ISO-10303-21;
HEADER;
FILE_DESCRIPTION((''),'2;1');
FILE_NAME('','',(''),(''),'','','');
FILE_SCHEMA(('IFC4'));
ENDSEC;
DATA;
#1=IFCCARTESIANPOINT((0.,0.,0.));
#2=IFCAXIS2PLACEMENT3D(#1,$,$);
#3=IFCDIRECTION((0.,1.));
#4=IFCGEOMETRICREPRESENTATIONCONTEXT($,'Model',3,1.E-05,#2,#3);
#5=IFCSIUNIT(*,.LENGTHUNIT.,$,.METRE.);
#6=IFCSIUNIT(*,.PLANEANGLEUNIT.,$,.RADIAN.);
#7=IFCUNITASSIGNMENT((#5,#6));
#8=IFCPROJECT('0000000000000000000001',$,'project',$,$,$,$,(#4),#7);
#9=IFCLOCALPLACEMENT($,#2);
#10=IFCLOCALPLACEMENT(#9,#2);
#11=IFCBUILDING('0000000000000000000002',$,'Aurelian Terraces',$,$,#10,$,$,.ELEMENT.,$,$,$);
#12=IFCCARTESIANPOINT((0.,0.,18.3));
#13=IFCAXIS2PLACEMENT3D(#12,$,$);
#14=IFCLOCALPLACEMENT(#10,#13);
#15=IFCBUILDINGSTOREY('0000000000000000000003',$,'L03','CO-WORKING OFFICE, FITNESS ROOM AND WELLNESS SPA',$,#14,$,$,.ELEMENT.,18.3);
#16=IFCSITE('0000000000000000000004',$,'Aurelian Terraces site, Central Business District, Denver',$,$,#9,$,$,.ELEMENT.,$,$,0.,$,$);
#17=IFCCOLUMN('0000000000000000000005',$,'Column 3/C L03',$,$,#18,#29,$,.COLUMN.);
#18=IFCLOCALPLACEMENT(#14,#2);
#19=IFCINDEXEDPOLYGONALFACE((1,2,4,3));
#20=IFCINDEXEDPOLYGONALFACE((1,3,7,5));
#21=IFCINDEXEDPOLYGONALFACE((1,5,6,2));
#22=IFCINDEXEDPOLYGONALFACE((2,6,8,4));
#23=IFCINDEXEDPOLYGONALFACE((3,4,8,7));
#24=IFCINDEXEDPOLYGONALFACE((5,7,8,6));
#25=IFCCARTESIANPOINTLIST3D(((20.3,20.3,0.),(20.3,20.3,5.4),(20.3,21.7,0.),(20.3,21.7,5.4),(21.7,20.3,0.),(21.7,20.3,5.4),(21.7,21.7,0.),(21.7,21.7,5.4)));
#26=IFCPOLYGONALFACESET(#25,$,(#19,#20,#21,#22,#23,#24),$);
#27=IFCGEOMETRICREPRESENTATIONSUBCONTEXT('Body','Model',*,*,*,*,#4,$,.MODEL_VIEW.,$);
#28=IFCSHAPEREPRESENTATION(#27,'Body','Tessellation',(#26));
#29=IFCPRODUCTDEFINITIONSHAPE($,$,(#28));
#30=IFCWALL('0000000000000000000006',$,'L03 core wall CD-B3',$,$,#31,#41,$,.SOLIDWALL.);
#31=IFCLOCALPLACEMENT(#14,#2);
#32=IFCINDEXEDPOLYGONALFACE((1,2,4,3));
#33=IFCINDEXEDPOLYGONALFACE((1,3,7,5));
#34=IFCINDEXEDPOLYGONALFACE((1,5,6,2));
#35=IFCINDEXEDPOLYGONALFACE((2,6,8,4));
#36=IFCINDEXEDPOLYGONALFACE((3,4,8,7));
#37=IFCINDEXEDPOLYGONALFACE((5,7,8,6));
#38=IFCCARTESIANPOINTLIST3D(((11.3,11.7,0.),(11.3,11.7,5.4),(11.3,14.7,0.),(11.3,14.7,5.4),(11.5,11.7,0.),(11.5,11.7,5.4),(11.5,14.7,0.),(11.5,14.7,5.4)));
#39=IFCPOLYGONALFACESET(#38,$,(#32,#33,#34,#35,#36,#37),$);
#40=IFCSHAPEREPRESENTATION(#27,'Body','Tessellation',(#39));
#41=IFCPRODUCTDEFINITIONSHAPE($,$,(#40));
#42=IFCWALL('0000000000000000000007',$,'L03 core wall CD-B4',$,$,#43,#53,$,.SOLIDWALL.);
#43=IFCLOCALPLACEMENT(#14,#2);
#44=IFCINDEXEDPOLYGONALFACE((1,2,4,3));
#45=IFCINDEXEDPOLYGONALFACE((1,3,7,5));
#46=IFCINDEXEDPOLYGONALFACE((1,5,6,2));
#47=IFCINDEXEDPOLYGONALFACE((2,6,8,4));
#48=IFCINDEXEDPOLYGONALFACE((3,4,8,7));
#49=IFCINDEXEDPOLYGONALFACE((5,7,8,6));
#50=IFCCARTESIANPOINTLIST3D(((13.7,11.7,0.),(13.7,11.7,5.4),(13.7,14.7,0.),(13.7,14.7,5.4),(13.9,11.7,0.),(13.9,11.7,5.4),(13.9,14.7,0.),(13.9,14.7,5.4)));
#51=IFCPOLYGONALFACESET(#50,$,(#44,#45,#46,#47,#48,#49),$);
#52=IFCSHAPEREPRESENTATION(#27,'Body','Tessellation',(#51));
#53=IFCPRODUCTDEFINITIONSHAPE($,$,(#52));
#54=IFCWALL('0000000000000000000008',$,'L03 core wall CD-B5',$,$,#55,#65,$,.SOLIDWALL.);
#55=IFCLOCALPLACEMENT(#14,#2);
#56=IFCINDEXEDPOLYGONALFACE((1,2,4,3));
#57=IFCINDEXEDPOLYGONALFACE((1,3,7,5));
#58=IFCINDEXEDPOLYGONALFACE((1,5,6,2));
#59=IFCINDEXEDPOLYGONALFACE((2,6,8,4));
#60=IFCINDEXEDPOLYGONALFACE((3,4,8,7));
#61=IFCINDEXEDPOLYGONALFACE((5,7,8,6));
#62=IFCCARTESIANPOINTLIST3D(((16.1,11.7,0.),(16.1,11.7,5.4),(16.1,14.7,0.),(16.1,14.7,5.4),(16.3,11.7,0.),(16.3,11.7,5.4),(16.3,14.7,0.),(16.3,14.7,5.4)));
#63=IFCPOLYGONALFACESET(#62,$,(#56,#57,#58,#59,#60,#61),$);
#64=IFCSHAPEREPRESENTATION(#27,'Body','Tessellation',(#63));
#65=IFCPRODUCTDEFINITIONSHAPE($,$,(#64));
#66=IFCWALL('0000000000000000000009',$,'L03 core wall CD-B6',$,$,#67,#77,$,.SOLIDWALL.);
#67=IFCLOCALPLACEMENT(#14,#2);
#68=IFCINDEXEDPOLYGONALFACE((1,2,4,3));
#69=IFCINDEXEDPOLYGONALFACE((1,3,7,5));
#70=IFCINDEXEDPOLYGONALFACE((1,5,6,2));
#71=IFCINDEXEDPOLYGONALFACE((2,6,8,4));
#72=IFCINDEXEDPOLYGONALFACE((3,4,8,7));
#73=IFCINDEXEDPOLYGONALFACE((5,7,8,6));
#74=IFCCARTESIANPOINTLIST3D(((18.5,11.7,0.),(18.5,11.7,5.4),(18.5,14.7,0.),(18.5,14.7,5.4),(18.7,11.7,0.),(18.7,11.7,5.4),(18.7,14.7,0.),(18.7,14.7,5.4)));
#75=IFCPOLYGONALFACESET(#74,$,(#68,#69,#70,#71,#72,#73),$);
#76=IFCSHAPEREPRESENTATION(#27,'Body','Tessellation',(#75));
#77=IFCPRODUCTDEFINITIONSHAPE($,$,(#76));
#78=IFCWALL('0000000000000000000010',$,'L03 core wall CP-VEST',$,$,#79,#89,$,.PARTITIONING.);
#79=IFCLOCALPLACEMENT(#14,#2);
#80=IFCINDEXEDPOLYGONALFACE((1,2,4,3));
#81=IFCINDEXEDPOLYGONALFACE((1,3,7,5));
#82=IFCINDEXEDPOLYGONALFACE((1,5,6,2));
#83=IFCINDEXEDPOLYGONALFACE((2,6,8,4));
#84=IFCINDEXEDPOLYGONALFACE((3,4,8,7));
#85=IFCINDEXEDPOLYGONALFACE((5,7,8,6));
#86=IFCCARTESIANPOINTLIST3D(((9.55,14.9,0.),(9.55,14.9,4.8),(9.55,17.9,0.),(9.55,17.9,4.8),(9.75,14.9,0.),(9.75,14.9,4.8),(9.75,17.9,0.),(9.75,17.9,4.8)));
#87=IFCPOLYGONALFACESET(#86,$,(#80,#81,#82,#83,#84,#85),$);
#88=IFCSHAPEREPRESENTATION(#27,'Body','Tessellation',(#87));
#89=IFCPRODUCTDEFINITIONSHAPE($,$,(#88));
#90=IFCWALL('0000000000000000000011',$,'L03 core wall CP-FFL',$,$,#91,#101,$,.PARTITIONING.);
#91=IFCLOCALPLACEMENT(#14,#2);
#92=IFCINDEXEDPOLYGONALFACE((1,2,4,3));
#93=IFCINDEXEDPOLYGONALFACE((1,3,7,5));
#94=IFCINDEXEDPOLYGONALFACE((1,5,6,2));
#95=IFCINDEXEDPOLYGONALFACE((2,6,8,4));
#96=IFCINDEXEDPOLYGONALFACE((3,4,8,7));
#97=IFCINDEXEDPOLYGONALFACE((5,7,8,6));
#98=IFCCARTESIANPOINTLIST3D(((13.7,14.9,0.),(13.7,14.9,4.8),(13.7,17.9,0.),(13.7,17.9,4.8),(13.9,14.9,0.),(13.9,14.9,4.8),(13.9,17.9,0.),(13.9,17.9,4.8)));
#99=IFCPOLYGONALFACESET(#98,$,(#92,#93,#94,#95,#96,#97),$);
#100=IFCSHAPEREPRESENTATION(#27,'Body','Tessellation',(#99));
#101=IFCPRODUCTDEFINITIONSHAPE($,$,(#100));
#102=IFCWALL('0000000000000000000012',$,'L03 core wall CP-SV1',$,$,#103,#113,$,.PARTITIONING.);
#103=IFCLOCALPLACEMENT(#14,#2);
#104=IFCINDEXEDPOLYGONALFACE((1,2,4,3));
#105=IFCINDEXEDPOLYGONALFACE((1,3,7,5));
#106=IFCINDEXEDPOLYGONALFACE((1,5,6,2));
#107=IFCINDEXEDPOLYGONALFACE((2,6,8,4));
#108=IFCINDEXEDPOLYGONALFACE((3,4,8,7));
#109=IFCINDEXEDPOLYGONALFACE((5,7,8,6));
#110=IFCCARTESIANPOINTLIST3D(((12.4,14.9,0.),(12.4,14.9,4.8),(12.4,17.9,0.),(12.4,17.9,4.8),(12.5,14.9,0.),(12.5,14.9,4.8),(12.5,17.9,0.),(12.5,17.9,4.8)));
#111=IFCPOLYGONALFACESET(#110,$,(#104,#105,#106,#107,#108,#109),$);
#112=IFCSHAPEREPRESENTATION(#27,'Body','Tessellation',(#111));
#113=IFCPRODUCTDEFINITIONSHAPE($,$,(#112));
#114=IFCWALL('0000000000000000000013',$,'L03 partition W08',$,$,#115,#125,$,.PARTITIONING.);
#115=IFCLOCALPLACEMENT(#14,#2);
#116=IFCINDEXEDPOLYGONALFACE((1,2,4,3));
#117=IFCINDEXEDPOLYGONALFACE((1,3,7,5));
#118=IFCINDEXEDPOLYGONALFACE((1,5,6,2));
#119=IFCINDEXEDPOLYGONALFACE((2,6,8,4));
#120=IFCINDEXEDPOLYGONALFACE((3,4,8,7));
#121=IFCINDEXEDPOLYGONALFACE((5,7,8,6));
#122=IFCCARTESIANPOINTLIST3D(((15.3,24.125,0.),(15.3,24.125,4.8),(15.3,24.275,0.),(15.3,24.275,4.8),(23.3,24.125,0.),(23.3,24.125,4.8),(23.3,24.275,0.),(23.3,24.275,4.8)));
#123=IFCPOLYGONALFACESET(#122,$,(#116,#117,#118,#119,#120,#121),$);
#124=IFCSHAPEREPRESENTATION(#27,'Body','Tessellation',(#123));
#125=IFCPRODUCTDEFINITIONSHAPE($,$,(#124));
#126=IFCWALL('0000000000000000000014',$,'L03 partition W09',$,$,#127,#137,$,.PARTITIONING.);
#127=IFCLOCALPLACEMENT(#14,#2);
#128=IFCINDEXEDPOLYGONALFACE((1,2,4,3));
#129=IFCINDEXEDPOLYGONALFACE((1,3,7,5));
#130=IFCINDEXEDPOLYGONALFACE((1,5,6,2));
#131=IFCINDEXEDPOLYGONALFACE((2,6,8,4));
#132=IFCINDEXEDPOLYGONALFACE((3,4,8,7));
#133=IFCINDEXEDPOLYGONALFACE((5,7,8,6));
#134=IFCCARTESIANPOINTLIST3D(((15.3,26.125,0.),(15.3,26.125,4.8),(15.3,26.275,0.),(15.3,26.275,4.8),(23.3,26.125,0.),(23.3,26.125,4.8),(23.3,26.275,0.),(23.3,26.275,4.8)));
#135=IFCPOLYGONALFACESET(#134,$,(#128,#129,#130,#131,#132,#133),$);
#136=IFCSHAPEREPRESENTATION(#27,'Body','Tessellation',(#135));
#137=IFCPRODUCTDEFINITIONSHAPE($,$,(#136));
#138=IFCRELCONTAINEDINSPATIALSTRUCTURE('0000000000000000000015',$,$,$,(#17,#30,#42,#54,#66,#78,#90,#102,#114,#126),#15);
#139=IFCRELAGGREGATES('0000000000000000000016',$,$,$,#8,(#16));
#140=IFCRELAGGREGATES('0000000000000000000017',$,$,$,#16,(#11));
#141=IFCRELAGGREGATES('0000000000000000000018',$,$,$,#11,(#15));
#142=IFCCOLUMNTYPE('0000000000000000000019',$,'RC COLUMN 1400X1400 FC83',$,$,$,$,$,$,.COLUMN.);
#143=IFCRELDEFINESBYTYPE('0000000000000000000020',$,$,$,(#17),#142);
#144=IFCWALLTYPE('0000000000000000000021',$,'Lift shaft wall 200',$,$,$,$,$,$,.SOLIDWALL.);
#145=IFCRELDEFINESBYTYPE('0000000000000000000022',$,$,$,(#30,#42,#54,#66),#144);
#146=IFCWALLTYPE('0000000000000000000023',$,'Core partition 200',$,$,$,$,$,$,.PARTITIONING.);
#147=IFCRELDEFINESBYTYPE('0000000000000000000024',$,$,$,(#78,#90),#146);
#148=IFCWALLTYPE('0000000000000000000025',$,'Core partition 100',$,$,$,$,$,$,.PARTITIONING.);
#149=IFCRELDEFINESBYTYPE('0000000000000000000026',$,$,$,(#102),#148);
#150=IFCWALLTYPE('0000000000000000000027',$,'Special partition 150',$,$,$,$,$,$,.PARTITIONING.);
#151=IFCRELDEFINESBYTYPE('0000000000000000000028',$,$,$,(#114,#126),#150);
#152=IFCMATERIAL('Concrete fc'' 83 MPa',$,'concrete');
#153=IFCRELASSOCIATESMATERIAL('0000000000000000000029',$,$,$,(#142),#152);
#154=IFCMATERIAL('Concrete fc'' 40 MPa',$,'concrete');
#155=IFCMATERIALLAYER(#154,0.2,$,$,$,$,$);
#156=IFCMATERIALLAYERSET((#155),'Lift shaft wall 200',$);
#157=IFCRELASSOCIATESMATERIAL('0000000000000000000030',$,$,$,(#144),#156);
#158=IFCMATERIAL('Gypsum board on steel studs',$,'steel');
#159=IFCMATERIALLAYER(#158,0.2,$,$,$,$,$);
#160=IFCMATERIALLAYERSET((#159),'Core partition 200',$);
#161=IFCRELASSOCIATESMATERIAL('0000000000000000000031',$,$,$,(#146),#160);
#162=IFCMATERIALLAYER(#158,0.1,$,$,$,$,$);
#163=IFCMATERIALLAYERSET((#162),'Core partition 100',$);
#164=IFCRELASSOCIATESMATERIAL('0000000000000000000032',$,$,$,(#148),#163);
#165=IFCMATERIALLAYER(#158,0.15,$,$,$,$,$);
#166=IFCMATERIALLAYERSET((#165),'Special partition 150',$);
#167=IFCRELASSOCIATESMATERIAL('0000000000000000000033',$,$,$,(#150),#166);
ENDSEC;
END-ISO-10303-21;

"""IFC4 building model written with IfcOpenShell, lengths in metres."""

from ifc_helpers import new_model, si_unit, direction, frame, frame_2d, origin, origin_2d, place, context, subcontext, project, spatial, rectangle, extrude, source, transform, mapped, material, layer, layer_set, material_profile, profile_set, type_object, element, save


model = new_model("IFC4")

# Units and contexts
model_context = context("Model", 3, precision=1e-05, world=origin(), true_north=direction((0.0, 1.0)))
body_context = subcontext(model_context, "Body", "Model", "MODEL_VIEW")
ifc_project = project(units=[si_unit("LENGTHUNIT", "METRE"), si_unit("PLANEANGLEUNIT", "RADIAN")], contexts=[model_context])

# Site, building, storey
site_placement = place(None, origin())
site = spatial("IfcSite", under=ifc_project, at=site_placement, Name="Aurelian Terraces site, Central Business District, Denver", CompositionType="ELEMENT", RefElevation=0.0)
building_placement = place(site_placement, origin())
building = spatial("IfcBuilding", under=site, at=building_placement, Name="Aurelian Terraces", CompositionType="ELEMENT")
storey_placement = place(building_placement, frame((0.0, 0.0, 18.3)))
storey = spatial("IfcBuildingStorey", under=building, at=storey_placement, Name="L03", Description="CO-WORKING OFFICE, FITNESS ROOM AND WELLNESS SPA", CompositionType="ELEMENT", Elevation=18.3)

# Column
ifc_material_1 = material(Name="Concrete fc' 83 MPa", Category="concrete")
ifc_material_profile = material_profile(ifc_material_1, rectangle(XDim=1.4, YDim=1.4, at=origin_2d()))
ifc_profile_set = profile_set([ifc_material_profile], Name="Concrete fc' 83 MPa")
column_type = type_object("IfcColumnType", Name="RC COLUMN 1400X1400 FC83", PredefinedType="COLUMN", material=ifc_profile_set)
shared_shape_1 = source(origin(), body_context, "Body", "SweptSolid", [
    extrude(rectangle(XDim=1.4, YDim=1.4, at=origin_2d()), origin(), (0.0, 0.0, 1.0), 5.4),
])
column_placement = place(storey_placement, frame((21.0, 21.0, 0.0), z_axis=(0.0, 0.0, 1.0), x_axis=(1.0, 0.0, 0.0)))
element("IfcColumn", 1, at=column_placement, inside=storey, type_object=column_type, Name="Column 3/C L03", PredefinedType="COLUMN", context=body_context, shape_type="MappedRepresentation", body=[
    mapped(shared_shape_1, transform((0.0, 0.0, 0.0), scale=1.0)),
])

# Walls
ifc_material_2 = material(Name="Concrete fc' 40 MPa", Category="concrete")
ifc_layer_1 = layer(ifc_material_2, 0.2)
ifc_layer_set_1 = layer_set([ifc_layer_1], Name="Lift shaft wall 200")
wall_type_1 = type_object("IfcWallType", Name="Lift shaft wall 200", PredefinedType="SOLIDWALL", material=ifc_layer_set_1)
shared_shape_2 = source(origin(), body_context, "Body", "SweptSolid", [
    extrude(rectangle(XDim=3.0, YDim=0.2, at=frame_2d((1.5, 0.0))), origin(), (0.0, 0.0, 1.0), 5.4),
])
for number, where, z_axis, x_axis, name in (
    (2, (11.4, 11.7, 0.0), (0.0, 0.0, 1.0), (0.0, 1.0, 0.0), "L03 core wall CD-B3"),
    (3, (13.8, 11.7, 0.0), (0.0, 0.0, 1.0), (0.0, 1.0, 0.0), "L03 core wall CD-B4"),
    (4, (16.2, 11.7, 0.0), (0.0, 0.0, 1.0), (0.0, 1.0, 0.0), "L03 core wall CD-B5"),
    (5, (18.6, 11.7, 0.0), (0.0, 0.0, 1.0), (0.0, 1.0, 0.0), "L03 core wall CD-B6"),
):
    element("IfcWall", number, at=place(storey_placement, frame(where, z_axis=z_axis, x_axis=x_axis)), inside=storey, type_object=wall_type_1, Name=name, PredefinedType="SOLIDWALL", context=body_context, shape_type="MappedRepresentation", body=[
        mapped(shared_shape_2, transform((0.0, 0.0, 0.0), scale=1.0)),
    ])
ifc_material_3 = material(Name="Gypsum board on steel studs", Category="steel")
ifc_layer_2 = layer(ifc_material_3, 0.2)
ifc_layer_set_2 = layer_set([ifc_layer_2], Name="Core partition 200")
wall_type_2 = type_object("IfcWallType", Name="Core partition 200", PredefinedType="PARTITIONING", material=ifc_layer_set_2)
shared_shape_3 = source(origin(), body_context, "Body", "SweptSolid", [
    extrude(rectangle(XDim=3.0, YDim=0.2, at=frame_2d((1.5, 0.0))), origin(), (0.0, 0.0, 1.0), 4.8),
])
for number, where, z_axis, x_axis, name in (
    (6, (9.65, 14.9, 0.0), (0.0, 0.0, 1.0), (0.0, 1.0, 0.0), "L03 core wall CP-VEST"),
    (7, (13.8, 14.9, 0.0), (0.0, 0.0, 1.0), (0.0, 1.0, 0.0), "L03 core wall CP-FFL"),
):
    element("IfcWall", number, at=place(storey_placement, frame(where, z_axis=z_axis, x_axis=x_axis)), inside=storey, type_object=wall_type_2, Name=name, PredefinedType="PARTITIONING", context=body_context, shape_type="MappedRepresentation", body=[
        mapped(shared_shape_3, transform((0.0, 0.0, 0.0), scale=1.0)),
    ])
ifc_layer_3 = layer(ifc_material_3, 0.1)
ifc_layer_set_3 = layer_set([ifc_layer_3], Name="Core partition 100")
wall_type_3 = type_object("IfcWallType", Name="Core partition 100", PredefinedType="PARTITIONING", material=ifc_layer_set_3)
shared_shape_4 = source(origin(), body_context, "Body", "SweptSolid", [
    extrude(rectangle(XDim=3.0, YDim=0.1, at=frame_2d((1.5, 0.0))), origin(), (0.0, 0.0, 1.0), 4.8),
])
wall_1_placement = place(storey_placement, frame((12.45, 14.9, 0.0), z_axis=(0.0, 0.0, 1.0), x_axis=(0.0, 1.0, 0.0)))
element("IfcWall", 8, at=wall_1_placement, inside=storey, type_object=wall_type_3, Name="L03 core wall CP-SV1", PredefinedType="PARTITIONING", context=body_context, shape_type="MappedRepresentation", body=[
    mapped(shared_shape_4, transform((0.0, 0.0, 0.0), scale=1.0)),
])
ifc_layer_4 = layer(ifc_material_3, 0.15)
ifc_layer_set_4 = layer_set([ifc_layer_4], Name="Special partition 150")
wall_type_4 = type_object("IfcWallType", Name="Special partition 150", PredefinedType="PARTITIONING", material=ifc_layer_set_4)
shared_shape_5 = source(origin(), body_context, "Body", "SweptSolid", [
    extrude(rectangle(XDim=8.0, YDim=0.15, at=frame_2d((4.0, 0.0))), origin(), (0.0, 0.0, 1.0), 4.8),
])
for number, where, z_axis, x_axis, name in (
    (9, (15.3, 24.2, 0.0), (0.0, 0.0, 1.0), (1.0, 0.0, 0.0), "L03 partition W08"),
    (10, (15.3, 26.2, 0.0), (0.0, 0.0, 1.0), (1.0, 0.0, 0.0), "L03 partition W09"),
):
    element("IfcWall", number, at=place(storey_placement, frame(where, z_axis=z_axis, x_axis=x_axis)), inside=storey, type_object=wall_type_4, Name=name, PredefinedType="PARTITIONING", context=body_context, shape_type="MappedRepresentation", body=[
        mapped(shared_shape_5, transform((0.0, 0.0, 0.0), scale=1.0)),
    ])

save(model, "model.ifc")
